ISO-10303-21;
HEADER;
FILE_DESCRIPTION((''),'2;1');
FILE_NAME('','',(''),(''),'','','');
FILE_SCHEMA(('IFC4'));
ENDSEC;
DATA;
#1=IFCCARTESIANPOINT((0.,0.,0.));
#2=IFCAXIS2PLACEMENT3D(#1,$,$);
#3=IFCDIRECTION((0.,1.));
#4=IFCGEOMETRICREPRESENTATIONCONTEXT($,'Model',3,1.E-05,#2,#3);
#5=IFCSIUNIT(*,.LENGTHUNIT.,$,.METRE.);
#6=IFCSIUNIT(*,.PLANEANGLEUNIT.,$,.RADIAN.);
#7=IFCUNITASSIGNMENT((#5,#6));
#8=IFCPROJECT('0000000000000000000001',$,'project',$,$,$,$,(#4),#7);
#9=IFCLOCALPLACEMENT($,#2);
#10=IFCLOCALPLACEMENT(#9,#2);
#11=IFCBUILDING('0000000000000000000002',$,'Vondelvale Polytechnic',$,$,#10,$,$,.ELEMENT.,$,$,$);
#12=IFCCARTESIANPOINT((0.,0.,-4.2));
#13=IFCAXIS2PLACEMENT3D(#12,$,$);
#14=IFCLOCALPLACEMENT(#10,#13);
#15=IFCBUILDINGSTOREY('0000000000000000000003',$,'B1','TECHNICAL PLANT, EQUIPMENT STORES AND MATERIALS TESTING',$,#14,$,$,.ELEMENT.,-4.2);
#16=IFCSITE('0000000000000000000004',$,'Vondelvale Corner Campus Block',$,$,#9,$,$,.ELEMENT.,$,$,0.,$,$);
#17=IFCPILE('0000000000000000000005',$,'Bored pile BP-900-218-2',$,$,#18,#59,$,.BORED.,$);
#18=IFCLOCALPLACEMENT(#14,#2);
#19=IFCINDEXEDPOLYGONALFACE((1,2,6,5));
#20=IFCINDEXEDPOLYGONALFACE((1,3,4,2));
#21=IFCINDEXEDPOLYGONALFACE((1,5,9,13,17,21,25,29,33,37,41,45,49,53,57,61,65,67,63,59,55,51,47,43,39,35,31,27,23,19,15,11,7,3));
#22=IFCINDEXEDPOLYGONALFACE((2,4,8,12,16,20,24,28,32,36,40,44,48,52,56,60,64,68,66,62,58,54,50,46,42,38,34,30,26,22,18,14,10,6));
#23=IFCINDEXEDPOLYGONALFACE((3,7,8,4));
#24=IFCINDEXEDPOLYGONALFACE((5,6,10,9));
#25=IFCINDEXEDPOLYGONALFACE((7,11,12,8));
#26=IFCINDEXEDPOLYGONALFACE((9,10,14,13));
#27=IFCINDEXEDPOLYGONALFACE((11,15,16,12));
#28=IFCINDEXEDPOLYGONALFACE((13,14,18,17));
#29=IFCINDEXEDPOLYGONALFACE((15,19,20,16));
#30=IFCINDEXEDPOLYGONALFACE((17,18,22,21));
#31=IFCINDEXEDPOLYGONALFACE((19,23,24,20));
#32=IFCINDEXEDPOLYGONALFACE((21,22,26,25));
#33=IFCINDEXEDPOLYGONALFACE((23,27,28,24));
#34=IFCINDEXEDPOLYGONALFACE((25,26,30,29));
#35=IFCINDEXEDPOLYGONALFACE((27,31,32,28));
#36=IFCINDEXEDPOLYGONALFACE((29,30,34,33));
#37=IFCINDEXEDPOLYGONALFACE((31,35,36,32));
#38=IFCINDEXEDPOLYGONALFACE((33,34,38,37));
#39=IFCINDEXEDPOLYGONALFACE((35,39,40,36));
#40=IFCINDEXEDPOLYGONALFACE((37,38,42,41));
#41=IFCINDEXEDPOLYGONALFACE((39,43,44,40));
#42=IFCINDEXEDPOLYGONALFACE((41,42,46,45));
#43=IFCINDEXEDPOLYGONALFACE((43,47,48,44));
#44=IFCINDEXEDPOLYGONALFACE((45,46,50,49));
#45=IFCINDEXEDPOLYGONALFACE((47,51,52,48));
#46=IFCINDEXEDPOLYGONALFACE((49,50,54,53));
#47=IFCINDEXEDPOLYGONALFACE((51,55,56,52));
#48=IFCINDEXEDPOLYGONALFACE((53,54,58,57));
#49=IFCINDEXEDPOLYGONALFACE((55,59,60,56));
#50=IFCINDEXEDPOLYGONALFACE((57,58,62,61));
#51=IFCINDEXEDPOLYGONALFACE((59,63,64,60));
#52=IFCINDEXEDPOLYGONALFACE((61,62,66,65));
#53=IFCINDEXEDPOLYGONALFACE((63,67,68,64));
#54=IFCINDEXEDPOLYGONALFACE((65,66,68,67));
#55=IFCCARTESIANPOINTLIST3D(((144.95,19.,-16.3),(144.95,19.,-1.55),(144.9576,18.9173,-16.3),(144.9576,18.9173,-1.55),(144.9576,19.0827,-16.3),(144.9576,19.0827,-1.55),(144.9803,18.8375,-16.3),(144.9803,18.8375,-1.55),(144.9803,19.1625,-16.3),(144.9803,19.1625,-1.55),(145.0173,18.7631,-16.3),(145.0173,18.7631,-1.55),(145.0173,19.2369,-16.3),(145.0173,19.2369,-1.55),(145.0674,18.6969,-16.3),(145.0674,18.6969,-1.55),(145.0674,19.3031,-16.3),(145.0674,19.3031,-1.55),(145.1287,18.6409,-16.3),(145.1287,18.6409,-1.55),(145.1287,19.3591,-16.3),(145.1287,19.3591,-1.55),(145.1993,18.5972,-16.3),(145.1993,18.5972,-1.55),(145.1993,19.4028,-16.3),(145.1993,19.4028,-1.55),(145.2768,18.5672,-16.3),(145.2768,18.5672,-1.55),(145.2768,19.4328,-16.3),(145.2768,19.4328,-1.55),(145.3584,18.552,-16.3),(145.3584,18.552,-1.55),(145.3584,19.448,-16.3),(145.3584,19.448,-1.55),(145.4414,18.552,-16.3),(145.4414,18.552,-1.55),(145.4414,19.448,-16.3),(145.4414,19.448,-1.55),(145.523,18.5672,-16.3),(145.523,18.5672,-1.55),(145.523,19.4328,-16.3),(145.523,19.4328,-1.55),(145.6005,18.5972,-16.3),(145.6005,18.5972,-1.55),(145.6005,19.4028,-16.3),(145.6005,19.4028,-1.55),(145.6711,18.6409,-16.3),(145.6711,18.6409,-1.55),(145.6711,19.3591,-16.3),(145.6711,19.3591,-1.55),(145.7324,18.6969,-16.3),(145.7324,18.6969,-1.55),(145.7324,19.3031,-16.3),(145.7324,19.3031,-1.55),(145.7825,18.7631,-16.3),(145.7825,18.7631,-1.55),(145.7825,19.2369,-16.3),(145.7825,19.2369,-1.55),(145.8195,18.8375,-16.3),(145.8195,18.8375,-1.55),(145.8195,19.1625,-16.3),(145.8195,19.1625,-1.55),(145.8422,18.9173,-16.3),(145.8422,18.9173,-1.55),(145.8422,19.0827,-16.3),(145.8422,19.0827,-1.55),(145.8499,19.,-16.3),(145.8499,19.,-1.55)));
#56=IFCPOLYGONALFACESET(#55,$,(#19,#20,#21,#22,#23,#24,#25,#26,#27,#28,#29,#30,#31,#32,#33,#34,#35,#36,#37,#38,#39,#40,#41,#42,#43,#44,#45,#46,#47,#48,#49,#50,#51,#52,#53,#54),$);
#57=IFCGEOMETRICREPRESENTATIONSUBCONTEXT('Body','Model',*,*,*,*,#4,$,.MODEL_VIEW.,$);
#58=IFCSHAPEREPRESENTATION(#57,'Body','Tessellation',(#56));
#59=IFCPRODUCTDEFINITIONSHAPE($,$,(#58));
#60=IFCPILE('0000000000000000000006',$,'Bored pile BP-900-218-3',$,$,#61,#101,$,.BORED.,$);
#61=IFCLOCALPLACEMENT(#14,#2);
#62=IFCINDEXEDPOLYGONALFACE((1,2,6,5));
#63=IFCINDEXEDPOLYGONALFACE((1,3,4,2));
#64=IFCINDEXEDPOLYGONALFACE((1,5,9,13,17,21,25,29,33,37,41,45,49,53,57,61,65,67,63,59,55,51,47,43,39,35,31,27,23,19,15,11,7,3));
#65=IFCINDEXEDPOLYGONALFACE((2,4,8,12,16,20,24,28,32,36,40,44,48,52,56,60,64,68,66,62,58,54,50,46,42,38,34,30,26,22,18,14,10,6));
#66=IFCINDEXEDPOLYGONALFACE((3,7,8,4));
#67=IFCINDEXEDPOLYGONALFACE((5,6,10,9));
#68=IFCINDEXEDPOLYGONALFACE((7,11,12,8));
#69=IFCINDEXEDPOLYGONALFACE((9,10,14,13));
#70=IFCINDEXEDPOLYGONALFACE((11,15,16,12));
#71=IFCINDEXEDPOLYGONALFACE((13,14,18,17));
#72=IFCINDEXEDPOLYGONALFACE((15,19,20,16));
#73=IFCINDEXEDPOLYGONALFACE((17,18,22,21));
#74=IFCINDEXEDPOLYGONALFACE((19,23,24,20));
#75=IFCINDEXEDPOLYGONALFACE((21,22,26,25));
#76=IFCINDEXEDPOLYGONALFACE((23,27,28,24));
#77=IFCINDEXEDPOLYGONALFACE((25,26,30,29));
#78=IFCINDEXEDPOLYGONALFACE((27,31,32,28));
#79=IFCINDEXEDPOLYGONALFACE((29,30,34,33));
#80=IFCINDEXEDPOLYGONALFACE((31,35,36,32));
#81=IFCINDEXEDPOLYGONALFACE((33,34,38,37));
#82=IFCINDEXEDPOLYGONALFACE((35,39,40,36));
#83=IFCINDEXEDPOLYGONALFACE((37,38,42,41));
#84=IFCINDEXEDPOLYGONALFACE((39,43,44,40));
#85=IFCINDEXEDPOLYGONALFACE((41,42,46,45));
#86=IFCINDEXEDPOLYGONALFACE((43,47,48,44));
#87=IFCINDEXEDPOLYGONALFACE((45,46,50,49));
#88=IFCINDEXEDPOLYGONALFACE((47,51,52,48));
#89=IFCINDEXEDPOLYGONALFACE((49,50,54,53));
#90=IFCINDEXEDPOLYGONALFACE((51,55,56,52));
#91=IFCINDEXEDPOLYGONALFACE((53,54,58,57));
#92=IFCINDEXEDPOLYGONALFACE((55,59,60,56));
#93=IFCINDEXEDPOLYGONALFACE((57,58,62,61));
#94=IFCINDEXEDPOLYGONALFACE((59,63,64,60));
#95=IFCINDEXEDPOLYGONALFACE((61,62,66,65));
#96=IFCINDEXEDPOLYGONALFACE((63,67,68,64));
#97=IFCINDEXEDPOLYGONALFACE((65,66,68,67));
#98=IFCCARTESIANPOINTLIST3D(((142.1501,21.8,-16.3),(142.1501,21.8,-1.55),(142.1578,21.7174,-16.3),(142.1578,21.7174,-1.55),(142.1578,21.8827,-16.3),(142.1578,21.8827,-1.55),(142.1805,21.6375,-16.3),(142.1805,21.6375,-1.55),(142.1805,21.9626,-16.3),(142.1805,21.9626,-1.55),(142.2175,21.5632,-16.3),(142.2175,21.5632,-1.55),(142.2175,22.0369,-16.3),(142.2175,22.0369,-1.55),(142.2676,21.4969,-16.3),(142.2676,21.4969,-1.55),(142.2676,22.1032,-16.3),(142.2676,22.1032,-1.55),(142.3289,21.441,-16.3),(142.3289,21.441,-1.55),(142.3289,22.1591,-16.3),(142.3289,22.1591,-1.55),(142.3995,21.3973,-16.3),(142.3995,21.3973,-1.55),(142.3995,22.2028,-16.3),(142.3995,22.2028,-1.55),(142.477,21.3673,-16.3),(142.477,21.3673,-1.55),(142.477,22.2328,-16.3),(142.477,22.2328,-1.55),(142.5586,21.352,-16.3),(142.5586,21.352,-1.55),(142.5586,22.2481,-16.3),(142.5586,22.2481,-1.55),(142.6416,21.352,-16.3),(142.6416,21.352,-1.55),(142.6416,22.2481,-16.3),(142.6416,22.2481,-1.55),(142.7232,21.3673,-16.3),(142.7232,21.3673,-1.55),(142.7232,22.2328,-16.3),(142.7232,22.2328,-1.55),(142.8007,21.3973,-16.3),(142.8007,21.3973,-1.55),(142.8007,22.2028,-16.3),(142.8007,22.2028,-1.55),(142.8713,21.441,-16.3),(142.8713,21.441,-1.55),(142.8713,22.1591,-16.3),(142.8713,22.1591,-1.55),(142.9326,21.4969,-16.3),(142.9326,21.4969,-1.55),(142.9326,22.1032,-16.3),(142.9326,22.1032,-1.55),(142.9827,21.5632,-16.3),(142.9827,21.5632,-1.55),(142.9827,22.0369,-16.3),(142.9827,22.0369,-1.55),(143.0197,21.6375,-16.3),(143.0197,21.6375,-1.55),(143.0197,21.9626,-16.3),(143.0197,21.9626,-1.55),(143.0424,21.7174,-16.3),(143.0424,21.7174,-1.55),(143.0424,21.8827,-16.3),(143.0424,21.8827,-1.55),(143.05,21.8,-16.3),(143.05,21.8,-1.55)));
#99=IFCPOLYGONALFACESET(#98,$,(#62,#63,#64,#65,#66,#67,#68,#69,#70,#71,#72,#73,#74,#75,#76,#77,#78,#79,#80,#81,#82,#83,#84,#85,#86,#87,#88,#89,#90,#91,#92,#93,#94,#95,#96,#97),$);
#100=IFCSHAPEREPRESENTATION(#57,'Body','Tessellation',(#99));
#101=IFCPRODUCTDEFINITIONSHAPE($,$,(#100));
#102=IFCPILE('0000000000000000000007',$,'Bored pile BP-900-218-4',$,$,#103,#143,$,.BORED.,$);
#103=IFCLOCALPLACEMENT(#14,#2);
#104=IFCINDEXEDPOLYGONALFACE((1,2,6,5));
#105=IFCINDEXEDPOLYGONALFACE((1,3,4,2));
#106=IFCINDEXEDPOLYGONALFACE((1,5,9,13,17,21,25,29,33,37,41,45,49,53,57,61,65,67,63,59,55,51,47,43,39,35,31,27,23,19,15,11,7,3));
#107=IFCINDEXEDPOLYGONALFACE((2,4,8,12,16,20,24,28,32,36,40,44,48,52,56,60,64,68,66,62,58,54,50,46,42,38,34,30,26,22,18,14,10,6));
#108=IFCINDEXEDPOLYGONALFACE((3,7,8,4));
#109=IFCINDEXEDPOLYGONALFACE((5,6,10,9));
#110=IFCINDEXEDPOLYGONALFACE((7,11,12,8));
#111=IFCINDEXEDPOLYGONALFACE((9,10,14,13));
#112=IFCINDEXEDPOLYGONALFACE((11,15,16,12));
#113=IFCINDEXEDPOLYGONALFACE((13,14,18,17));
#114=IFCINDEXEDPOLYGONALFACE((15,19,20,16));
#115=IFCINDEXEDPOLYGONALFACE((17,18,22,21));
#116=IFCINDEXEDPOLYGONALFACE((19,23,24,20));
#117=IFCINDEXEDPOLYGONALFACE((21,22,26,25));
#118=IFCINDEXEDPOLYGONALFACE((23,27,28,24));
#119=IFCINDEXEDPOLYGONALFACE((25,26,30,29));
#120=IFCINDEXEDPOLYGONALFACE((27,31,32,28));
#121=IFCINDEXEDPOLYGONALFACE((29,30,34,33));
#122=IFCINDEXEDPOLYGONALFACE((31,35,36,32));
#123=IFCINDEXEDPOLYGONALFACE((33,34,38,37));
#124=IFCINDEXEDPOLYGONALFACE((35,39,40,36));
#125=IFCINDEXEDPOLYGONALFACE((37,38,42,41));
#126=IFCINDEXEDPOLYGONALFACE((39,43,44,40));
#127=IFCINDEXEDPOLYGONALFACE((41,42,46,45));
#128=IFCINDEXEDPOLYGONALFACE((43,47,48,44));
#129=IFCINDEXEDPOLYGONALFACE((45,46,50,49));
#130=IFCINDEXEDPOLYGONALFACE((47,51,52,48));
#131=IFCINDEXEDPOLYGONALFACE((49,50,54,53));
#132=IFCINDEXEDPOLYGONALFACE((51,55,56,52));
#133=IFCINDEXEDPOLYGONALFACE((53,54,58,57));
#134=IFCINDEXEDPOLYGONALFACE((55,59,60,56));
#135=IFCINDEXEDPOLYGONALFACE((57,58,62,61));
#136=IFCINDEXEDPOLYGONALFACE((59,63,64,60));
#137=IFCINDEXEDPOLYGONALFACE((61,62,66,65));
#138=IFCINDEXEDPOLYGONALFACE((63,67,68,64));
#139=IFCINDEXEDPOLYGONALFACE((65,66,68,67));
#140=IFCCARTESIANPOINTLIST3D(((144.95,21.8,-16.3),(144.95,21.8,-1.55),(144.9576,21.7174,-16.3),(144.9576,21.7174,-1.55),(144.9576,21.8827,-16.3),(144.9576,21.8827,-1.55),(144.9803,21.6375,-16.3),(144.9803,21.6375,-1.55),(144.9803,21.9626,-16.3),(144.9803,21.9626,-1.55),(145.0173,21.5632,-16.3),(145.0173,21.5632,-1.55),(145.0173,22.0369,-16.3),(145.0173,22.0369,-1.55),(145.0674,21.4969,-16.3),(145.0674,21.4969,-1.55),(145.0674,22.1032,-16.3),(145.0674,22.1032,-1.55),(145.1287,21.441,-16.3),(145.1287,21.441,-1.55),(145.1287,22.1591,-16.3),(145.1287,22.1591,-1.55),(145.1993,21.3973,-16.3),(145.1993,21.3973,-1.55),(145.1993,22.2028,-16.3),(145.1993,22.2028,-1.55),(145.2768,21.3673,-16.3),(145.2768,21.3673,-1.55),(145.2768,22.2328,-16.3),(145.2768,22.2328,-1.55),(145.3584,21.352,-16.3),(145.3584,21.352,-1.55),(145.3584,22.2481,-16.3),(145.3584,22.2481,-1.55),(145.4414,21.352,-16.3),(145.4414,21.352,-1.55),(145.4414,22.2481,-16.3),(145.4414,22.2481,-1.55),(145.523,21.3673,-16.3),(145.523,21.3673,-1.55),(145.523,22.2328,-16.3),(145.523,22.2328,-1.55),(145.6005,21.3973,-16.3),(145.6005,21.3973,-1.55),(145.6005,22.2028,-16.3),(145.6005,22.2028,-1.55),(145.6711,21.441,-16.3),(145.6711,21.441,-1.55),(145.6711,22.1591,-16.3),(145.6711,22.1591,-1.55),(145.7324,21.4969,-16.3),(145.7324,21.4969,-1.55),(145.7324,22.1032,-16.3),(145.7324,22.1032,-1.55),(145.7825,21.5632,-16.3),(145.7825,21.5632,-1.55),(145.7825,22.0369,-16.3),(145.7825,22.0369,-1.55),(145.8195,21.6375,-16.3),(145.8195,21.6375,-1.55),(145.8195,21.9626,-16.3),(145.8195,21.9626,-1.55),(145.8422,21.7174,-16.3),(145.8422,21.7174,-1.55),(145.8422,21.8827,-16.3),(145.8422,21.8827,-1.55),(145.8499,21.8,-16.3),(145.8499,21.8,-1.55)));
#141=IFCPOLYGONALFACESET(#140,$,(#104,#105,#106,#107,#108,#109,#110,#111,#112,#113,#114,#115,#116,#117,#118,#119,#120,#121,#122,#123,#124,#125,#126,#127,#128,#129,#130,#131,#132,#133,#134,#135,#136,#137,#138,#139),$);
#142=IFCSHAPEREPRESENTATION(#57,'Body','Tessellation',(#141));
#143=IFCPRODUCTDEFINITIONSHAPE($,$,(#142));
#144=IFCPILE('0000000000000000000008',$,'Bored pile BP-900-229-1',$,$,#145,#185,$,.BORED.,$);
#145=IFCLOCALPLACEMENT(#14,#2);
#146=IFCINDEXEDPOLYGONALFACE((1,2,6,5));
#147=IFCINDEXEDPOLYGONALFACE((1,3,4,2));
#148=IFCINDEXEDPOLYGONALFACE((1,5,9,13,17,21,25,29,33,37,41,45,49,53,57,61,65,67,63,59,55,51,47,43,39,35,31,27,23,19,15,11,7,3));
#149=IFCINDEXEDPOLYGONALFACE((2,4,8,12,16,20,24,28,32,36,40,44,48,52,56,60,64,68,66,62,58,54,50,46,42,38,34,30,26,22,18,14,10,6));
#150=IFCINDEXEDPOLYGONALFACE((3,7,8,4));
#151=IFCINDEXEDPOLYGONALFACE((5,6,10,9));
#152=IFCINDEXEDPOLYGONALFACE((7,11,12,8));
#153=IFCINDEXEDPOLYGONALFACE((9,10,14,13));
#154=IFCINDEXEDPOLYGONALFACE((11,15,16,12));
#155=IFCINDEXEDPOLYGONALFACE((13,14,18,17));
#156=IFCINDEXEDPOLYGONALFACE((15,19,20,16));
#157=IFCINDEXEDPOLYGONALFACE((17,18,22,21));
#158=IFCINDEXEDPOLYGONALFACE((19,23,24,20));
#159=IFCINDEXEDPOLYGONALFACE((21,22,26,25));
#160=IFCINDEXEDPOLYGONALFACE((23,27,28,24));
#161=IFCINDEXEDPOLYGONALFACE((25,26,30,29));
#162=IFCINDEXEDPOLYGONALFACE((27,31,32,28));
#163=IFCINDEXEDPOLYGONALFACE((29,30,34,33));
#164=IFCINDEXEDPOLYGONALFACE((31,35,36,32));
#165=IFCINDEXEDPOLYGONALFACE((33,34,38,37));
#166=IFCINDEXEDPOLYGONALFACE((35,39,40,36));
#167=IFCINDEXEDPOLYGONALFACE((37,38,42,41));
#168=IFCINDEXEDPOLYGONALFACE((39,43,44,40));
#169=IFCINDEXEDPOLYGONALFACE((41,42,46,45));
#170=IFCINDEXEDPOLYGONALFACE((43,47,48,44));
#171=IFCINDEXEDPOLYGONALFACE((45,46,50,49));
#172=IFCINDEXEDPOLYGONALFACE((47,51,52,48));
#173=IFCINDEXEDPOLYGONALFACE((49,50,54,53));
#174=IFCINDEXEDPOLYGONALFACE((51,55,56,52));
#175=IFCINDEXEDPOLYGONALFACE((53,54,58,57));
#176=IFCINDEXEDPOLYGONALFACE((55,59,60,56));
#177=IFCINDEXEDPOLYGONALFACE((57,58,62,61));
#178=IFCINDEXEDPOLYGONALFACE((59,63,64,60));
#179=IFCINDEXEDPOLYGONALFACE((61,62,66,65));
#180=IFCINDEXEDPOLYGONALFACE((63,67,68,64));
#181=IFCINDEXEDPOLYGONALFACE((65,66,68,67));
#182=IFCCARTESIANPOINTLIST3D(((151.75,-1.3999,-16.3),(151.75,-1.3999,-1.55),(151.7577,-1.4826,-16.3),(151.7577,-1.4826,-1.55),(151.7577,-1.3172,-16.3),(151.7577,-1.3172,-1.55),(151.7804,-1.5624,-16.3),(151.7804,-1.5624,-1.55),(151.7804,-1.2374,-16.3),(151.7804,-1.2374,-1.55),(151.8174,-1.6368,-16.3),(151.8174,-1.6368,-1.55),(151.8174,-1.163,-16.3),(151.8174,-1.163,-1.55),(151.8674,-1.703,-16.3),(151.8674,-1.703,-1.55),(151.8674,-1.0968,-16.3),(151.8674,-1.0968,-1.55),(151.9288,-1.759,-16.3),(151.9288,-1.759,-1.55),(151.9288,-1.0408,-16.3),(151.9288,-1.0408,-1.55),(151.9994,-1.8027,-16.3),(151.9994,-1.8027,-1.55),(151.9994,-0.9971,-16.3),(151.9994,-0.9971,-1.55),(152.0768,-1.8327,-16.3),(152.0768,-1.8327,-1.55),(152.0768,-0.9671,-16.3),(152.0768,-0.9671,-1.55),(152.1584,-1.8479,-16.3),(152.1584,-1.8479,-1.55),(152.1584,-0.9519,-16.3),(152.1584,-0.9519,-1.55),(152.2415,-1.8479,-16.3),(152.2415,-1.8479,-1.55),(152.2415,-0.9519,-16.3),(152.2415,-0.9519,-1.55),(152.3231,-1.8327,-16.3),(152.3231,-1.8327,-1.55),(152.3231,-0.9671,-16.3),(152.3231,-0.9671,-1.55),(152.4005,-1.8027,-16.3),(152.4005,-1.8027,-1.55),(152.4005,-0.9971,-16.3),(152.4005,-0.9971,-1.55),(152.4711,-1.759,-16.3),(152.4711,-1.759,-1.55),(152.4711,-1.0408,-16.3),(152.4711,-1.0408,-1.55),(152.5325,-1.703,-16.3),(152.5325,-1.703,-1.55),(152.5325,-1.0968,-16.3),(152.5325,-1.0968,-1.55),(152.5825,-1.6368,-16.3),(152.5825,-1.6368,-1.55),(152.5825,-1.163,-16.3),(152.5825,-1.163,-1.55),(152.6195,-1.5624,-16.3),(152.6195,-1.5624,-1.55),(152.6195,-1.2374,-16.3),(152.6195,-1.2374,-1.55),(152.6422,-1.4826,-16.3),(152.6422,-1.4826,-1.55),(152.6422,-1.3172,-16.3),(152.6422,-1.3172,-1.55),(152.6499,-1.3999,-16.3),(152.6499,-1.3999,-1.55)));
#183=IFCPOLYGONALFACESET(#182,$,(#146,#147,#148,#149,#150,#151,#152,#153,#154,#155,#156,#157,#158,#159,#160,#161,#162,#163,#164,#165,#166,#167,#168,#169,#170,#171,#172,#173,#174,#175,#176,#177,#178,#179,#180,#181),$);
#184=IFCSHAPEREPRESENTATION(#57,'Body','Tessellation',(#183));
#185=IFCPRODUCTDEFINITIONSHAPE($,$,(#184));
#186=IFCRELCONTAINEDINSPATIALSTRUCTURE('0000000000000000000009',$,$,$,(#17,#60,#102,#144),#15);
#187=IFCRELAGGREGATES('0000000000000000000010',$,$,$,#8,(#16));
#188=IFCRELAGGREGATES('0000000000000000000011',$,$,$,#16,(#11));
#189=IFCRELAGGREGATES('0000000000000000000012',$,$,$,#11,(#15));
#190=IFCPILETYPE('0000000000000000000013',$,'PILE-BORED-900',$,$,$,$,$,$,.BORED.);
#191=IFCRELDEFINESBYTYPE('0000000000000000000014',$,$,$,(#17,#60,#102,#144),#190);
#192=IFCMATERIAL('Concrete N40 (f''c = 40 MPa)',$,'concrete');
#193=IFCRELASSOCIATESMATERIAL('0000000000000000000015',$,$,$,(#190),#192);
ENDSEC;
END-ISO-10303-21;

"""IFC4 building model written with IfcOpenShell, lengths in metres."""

from ifc_helpers import new_model, si_unit, direction, frame, origin, origin_2d, place, context, subcontext, project, spatial, circle, extrude, material, material_profile, profile_set, type_object, element, save


model = new_model("IFC4")

# Units and contexts
model_context = context("Model", 3, precision=1e-05, world=origin(), true_north=direction((0.0, 1.0)))
body_context = subcontext(model_context, "Body", "Model", "MODEL_VIEW")
ifc_project = project(units=[si_unit("LENGTHUNIT", "METRE"), si_unit("PLANEANGLEUNIT", "RADIAN")], contexts=[model_context])

# Site, building, storey
site_placement = place(None, origin())
site = spatial("IfcSite", under=ifc_project, at=site_placement, Name="Vondelvale Corner Campus Block", CompositionType="ELEMENT", RefElevation=0.0)
building_placement = place(site_placement, origin())
building = spatial("IfcBuilding", under=site, at=building_placement, Name="Vondelvale Polytechnic", CompositionType="ELEMENT")
storey_placement = place(building_placement, frame((0.0, 0.0, -4.2)))
storey = spatial("IfcBuildingStorey", under=building, at=storey_placement, Name="B1", Description="TECHNICAL PLANT, EQUIPMENT STORES AND MATERIALS TESTING", CompositionType="ELEMENT", Elevation=-4.2)

# Shared definitions
ifc_material_1 = material(Name="Concrete N40 (f'c = 40 MPa)", Category="concrete")

# Piles
ifc_material_profile_1 = material_profile(ifc_material_1, circle(Radius=0.45, at=origin_2d()), Name="PILE-D900")
ifc_profile_set_1 = profile_set([ifc_material_profile_1], Name="Concrete N40 (f'c = 40 MPa)")
pile_type_1 = type_object("IfcPileType", Name="PILE-BORED-900", PredefinedType="BORED", material=ifc_profile_set_1)
for number, where, z_axis, x_axis, name in (
    (1, (145.3999, 19.0, -1.55), (0.0, 0.0, -1.0), (1.0, 0.0, 0.0), "Bored pile BP-900-218-2"),
    (2, (142.6001, 21.8, -1.55), (0.0, 0.0, -1.0), (1.0, 0.0, 0.0), "Bored pile BP-900-218-3"),
    (3, (145.3999, 21.8, -1.55), (0.0, 0.0, -1.0), (1.0, 0.0, 0.0), "Bored pile BP-900-218-4"),
    (4, (152.2, -1.3999, -1.55), (0.0, 0.0, -1.0), (1.0, 0.0, 0.0), "Bored pile BP-900-229-1"),
):
    element("IfcPile", number, at=place(storey_placement, frame(where, z_axis=z_axis, x_axis=x_axis)), inside=storey, type_object=pile_type_1, Name=name, PredefinedType="BORED", context=body_context, shape_type="SweptSolid", body=[
        extrude(circle(Radius=0.45, at=origin_2d()), origin(), (0.0, 0.0, 1.0), 14.75),
    ])

save(model, "model.ifc")
